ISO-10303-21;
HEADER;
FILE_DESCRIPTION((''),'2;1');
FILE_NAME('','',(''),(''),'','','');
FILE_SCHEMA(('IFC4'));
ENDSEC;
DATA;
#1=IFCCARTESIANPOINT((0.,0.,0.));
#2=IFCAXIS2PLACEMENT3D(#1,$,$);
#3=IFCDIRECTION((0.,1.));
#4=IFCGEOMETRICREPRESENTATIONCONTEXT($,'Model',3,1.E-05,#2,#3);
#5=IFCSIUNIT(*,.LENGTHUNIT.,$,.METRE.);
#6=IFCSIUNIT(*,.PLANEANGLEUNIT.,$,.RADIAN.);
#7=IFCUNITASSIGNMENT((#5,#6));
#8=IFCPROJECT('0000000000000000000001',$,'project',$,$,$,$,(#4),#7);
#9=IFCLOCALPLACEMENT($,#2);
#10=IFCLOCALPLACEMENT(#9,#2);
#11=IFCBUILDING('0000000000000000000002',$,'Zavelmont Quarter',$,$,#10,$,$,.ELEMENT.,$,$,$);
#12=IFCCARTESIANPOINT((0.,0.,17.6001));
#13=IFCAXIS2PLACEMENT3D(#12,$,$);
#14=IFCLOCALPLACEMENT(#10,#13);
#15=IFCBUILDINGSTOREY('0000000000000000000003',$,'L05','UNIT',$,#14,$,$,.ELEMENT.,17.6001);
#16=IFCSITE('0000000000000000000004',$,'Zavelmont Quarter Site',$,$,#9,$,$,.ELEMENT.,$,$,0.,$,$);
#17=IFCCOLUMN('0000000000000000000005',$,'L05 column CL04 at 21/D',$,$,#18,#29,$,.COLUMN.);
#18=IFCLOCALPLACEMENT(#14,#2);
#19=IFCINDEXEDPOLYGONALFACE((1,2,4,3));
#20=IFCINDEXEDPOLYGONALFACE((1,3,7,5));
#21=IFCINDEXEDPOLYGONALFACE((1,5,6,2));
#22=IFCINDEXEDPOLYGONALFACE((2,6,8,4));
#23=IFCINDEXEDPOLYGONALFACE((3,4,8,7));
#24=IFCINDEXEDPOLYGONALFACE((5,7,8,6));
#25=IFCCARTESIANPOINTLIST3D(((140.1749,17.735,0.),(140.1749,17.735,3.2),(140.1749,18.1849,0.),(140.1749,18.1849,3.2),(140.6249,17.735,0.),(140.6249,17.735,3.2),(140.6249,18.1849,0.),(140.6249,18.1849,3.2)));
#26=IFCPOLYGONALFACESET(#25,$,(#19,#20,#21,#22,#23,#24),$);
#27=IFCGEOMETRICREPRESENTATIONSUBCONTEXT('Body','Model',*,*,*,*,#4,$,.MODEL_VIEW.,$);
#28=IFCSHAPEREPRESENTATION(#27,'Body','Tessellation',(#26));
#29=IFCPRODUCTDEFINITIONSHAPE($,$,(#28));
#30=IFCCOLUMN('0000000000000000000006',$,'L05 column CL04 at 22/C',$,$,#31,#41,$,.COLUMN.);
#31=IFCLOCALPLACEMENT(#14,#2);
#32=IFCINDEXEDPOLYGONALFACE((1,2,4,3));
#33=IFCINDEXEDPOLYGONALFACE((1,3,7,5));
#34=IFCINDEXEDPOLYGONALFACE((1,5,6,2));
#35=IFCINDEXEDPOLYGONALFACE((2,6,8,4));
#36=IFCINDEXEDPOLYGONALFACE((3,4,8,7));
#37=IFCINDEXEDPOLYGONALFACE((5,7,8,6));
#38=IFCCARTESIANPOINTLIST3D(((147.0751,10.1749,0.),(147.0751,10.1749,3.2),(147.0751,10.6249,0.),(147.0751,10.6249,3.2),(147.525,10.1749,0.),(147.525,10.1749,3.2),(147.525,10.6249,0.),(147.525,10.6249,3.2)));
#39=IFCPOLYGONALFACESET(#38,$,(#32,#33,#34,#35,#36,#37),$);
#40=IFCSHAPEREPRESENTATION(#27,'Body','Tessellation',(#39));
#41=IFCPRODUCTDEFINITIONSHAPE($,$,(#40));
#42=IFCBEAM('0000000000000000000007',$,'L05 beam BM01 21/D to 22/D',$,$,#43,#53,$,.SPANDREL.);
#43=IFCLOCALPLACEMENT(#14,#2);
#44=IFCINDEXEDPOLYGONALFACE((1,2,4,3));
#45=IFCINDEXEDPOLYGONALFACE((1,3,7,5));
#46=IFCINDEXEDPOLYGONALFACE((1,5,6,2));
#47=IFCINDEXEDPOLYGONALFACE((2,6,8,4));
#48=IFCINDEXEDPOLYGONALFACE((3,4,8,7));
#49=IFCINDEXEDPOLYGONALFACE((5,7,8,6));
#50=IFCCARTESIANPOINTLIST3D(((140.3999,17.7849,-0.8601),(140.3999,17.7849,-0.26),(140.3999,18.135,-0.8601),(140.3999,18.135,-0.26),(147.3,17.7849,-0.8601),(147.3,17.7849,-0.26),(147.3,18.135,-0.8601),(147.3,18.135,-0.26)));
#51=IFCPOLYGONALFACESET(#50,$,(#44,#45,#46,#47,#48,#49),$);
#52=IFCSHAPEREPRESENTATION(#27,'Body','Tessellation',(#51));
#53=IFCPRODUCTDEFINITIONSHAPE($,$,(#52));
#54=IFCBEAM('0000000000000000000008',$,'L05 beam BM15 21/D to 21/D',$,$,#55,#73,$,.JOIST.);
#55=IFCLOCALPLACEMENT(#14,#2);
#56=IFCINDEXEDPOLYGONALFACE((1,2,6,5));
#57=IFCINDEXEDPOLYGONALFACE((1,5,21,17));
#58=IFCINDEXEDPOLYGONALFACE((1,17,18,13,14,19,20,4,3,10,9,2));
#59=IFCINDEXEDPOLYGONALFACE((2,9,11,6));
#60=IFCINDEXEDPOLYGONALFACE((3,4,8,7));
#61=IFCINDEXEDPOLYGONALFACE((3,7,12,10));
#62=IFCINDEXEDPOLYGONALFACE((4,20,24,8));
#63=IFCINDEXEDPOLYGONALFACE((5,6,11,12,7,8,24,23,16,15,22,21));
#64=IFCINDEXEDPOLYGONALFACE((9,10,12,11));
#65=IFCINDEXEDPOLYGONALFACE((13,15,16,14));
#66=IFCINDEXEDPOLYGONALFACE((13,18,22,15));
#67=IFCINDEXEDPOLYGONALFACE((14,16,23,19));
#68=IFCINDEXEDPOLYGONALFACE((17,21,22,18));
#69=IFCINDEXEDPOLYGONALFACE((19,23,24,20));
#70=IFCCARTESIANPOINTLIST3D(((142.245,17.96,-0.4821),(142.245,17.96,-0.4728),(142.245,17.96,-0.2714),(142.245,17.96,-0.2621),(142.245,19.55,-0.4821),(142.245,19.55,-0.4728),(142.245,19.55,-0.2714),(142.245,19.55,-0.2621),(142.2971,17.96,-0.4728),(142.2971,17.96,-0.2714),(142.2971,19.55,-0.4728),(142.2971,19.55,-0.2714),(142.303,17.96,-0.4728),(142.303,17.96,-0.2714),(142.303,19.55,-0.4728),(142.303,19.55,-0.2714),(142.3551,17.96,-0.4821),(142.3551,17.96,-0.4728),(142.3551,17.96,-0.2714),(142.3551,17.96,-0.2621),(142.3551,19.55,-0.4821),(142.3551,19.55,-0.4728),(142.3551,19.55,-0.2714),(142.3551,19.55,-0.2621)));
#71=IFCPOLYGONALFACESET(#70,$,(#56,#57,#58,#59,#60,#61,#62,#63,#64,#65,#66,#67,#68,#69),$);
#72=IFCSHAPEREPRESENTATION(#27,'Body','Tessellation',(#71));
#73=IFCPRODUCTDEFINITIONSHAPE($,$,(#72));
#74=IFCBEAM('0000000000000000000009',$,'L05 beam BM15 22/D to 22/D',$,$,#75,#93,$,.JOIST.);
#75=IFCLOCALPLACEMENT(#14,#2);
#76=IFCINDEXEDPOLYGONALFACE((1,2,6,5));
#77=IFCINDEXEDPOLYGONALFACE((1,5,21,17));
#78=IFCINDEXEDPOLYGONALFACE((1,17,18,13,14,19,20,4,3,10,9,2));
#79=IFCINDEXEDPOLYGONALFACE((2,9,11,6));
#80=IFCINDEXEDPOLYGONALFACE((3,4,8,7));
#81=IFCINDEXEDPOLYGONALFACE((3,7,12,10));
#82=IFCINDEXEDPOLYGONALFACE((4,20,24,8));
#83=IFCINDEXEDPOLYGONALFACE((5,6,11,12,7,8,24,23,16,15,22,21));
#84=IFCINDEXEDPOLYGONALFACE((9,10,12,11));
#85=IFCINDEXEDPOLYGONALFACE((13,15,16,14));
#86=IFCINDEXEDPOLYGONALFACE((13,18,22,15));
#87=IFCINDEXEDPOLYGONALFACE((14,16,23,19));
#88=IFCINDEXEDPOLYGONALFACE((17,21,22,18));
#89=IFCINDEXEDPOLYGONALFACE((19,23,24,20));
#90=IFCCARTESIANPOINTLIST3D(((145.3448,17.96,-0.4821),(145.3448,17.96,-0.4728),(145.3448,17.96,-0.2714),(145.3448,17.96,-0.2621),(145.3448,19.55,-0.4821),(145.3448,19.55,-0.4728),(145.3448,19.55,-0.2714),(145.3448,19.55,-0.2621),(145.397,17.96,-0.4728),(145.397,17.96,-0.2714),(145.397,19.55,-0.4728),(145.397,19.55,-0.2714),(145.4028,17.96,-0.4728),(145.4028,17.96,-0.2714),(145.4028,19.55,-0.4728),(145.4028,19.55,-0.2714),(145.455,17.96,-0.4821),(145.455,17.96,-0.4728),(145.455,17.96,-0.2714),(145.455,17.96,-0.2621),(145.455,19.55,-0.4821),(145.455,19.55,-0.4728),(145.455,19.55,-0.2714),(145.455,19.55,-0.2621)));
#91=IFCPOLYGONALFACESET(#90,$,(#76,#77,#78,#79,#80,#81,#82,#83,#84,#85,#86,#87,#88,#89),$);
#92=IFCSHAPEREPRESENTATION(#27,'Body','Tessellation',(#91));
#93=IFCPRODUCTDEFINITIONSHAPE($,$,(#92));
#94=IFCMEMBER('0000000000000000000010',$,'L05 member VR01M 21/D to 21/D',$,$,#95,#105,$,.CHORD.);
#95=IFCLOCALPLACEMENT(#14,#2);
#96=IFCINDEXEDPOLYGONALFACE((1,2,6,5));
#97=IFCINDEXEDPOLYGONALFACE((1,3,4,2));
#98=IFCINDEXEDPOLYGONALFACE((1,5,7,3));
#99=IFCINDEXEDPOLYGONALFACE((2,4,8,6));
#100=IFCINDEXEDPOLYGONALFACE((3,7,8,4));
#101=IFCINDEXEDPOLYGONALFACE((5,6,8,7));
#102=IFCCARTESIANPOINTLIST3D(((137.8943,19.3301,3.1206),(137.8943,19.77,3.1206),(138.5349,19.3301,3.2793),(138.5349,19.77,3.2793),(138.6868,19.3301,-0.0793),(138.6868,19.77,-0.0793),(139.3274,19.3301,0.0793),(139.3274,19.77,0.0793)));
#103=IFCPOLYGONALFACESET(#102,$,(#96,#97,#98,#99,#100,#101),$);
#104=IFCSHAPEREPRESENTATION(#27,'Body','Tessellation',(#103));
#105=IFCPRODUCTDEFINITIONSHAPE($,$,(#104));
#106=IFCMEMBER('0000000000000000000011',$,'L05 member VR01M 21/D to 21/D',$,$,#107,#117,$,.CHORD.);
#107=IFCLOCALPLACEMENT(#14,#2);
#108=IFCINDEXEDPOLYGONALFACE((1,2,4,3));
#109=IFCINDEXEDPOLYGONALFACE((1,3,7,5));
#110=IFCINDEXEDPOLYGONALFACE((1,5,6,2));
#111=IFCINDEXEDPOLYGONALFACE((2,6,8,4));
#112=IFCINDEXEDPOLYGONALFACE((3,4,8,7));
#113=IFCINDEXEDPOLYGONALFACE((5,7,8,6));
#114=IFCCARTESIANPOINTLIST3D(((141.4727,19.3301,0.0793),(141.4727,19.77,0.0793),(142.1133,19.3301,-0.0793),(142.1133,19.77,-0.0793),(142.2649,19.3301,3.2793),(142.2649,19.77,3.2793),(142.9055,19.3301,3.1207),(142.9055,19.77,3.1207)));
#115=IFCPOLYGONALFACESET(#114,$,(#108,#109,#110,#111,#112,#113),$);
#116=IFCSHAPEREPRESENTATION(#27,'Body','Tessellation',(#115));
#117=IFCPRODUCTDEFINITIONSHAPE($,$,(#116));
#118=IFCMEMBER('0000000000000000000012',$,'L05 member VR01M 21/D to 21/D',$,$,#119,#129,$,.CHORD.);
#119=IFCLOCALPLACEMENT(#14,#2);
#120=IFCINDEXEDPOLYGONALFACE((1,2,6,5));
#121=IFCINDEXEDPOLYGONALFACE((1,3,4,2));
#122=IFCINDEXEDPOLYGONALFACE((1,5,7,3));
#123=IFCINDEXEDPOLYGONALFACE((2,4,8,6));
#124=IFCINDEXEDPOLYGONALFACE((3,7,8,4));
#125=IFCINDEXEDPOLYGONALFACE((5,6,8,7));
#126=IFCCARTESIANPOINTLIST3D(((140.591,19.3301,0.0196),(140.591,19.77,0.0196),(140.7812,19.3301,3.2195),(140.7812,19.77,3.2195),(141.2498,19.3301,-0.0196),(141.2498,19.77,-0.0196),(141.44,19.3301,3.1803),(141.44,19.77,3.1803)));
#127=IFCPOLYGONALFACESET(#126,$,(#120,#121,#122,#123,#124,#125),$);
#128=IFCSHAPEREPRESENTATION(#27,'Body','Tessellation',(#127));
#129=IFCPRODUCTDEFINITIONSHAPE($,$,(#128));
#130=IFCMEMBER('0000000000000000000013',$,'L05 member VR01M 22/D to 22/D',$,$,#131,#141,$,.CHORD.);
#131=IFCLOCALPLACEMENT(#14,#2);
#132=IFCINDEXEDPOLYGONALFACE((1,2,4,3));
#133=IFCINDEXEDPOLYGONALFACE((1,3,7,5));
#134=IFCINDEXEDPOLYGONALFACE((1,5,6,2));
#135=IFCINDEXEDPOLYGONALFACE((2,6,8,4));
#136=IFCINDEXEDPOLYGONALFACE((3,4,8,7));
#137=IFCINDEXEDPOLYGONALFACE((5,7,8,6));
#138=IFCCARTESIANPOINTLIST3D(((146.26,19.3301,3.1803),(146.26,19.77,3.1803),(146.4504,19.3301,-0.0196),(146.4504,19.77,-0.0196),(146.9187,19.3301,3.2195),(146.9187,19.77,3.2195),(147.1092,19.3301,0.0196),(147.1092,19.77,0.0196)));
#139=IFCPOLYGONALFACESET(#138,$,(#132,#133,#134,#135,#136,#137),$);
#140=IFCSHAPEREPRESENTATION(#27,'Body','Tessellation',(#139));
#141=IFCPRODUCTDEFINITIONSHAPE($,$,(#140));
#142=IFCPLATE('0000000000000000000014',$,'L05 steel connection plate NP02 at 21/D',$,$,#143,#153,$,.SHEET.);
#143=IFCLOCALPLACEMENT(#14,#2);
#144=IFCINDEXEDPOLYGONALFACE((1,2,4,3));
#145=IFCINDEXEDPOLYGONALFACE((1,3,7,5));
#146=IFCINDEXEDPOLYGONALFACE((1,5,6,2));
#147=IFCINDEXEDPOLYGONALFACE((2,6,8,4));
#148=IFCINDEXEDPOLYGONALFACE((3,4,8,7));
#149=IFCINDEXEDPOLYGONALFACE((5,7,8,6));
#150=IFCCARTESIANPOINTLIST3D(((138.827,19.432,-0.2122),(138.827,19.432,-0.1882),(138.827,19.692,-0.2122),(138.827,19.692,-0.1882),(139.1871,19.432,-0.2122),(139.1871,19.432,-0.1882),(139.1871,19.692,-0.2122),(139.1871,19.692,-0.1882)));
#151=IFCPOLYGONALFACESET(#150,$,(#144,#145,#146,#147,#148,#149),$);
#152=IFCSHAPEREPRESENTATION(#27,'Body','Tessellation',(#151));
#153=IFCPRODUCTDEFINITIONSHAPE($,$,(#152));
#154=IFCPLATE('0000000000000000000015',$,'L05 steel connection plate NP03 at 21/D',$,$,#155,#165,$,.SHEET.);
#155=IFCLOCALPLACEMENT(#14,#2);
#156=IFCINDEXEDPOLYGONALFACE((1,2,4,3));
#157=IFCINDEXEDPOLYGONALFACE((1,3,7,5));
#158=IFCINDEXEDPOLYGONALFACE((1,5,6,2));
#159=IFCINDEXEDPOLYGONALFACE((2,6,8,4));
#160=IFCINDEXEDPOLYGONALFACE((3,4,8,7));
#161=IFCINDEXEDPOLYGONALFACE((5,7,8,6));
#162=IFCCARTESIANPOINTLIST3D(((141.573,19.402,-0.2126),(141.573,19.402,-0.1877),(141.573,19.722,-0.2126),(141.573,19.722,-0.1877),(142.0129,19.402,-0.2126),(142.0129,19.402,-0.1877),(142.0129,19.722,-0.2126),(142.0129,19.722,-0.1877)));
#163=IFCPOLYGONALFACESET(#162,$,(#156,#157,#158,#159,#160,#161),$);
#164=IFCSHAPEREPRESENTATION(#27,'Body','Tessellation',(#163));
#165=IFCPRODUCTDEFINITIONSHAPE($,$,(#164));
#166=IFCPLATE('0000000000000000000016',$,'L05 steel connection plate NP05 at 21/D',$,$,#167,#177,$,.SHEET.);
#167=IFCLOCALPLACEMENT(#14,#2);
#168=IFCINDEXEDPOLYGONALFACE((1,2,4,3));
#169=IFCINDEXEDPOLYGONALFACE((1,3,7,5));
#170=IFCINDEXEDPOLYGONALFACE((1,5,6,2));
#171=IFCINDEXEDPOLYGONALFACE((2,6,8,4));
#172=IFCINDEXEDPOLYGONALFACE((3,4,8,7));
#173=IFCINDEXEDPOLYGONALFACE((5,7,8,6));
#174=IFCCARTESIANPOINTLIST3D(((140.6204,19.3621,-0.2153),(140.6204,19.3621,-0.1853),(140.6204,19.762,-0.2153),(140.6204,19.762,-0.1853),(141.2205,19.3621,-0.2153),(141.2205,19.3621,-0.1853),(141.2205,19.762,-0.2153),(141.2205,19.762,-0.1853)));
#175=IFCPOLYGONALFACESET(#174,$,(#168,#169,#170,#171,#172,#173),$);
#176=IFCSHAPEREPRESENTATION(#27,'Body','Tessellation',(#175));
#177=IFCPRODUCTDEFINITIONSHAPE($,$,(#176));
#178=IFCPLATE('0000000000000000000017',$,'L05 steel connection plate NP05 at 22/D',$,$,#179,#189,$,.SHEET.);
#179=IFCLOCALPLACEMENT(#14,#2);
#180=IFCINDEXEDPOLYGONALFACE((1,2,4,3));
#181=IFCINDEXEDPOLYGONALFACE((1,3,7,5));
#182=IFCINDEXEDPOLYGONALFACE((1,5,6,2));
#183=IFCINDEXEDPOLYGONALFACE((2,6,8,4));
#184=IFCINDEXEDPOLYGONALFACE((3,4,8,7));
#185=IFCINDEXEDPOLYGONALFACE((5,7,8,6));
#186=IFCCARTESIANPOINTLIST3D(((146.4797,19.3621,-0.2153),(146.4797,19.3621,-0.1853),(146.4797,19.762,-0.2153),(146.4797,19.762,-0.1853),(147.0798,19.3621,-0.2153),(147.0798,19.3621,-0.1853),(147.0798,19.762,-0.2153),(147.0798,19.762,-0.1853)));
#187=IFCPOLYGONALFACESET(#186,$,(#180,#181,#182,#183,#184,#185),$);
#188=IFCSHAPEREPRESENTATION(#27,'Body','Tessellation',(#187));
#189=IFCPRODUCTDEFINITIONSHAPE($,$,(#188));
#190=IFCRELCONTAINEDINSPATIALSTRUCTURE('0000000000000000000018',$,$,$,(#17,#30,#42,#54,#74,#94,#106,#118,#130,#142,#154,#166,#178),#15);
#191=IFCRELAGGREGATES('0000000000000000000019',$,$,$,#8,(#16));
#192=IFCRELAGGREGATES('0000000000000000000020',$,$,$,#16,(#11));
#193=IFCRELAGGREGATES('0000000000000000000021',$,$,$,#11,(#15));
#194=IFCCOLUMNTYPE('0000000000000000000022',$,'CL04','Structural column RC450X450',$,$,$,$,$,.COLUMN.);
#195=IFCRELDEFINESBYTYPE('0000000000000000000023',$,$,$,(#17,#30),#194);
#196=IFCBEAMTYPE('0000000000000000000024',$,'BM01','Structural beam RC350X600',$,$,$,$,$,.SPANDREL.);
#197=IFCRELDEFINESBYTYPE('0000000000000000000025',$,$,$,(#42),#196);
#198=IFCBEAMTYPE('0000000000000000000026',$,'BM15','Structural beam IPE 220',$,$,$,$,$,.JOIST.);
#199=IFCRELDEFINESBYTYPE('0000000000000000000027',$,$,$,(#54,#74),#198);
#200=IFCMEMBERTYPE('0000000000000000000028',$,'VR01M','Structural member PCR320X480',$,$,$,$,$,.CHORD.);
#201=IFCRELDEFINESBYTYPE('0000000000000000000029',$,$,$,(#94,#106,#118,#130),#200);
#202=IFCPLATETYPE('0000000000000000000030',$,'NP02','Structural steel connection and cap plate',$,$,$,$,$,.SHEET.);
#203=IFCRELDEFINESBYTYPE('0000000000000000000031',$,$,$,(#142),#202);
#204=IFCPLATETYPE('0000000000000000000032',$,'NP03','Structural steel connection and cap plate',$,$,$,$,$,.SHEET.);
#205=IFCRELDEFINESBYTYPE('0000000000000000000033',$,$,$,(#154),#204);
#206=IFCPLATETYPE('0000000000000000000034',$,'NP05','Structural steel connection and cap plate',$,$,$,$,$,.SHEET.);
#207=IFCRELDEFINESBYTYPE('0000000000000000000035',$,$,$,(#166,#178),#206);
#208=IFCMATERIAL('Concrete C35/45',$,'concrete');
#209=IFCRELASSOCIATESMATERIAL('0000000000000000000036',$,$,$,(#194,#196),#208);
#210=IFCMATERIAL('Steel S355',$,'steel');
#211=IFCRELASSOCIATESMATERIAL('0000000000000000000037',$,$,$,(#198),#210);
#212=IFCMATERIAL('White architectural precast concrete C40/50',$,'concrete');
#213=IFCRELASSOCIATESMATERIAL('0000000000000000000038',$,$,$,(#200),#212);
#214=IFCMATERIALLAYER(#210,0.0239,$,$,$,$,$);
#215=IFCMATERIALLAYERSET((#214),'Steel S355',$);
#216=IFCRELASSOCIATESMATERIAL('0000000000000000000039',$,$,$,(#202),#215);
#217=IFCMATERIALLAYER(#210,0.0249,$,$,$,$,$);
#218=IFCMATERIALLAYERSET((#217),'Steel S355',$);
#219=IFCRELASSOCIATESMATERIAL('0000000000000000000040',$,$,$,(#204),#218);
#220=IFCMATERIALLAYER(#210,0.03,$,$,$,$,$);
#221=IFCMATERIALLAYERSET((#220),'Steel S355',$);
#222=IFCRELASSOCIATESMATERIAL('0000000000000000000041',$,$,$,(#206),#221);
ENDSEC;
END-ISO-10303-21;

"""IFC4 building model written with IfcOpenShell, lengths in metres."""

from ifc_helpers import new_model, si_unit, direction, frame, origin, origin_2d, place, context, subcontext, project, spatial, rectangle, i_section, extrude, material, layer, layer_set, material_profile, profile_set, type_object, element, save


model = new_model("IFC4")

# Units and contexts
model_context = context("Model", 3, precision=1e-05, world=origin(), true_north=direction((0.0, 1.0)))
body_context = subcontext(model_context, "Body", "Model", "MODEL_VIEW")
ifc_project = project(units=[si_unit("LENGTHUNIT", "METRE"), si_unit("PLANEANGLEUNIT", "RADIAN")], contexts=[model_context])

# Site, building, storey
site_placement = place(None, origin())
site = spatial("IfcSite", under=ifc_project, at=site_placement, Name="Zavelmont Quarter Site", CompositionType="ELEMENT", RefElevation=0.0)
building_placement = place(site_placement, origin())
building = spatial("IfcBuilding", under=site, at=building_placement, Name="Zavelmont Quarter", CompositionType="ELEMENT")
storey_placement = place(building_placement, frame((0.0, 0.0, 17.6001)))
storey = spatial("IfcBuildingStorey", under=building, at=storey_placement, Name="L05", Description="UNIT", CompositionType="ELEMENT", Elevation=17.6001)

# Columns
ifc_material_1 = material(Name="Concrete C35/45", Category="concrete")
ifc_material_profile_1 = material_profile(ifc_material_1, rectangle(XDim=0.45, YDim=0.45, at=origin_2d()), Name="RC450X450")
ifc_profile_set_1 = profile_set([ifc_material_profile_1], Name="Concrete C35/45")
column_type = type_object("IfcColumnType", Name="CL04", Description="Structural column RC450X450", PredefinedType="COLUMN", material=ifc_profile_set_1)
for number, where, z_axis, x_axis, name in (
    (1, (140.3999, 17.96, 0.0), (0.0, 0.0, 1.0), (1.0, 0.0, 0.0), "L05 column CL04 at 21/D"),
    (2, (147.3, 10.3999, 0.0), (0.0, 0.0, 1.0), (1.0, 0.0, 0.0), "L05 column CL04 at 22/C"),
):
    element("IfcColumn", number, at=place(storey_placement, frame(where, z_axis=z_axis, x_axis=x_axis)), inside=storey, type_object=column_type, Name=name, PredefinedType="COLUMN", context=body_context, shape_type="SweptSolid", body=[
        extrude(rectangle(XDim=0.45, YDim=0.45, at=origin_2d()), origin(), (0.0, 0.0, 1.0), 3.2),
    ])

# Beams
ifc_material_profile_2 = material_profile(ifc_material_1, rectangle(XDim=0.3501, YDim=0.6001, at=origin_2d()), Name="RC350X600")
ifc_profile_set_2 = profile_set([ifc_material_profile_2], Name="Concrete C35/45")
beam_type_1 = type_object("IfcBeamType", Name="BM01", Description="Structural beam RC350X600", PredefinedType="SPANDREL", material=ifc_profile_set_2)
beam_placement = place(storey_placement, frame((140.3999, 17.96, -0.5601), z_axis=(1.0, 0.0, 0.0), x_axis=(0.0, 1.0, 0.0)))
element("IfcBeam", 3, at=beam_placement, inside=storey, type_object=beam_type_1, Name="L05 beam BM01 21/D to 22/D", PredefinedType="SPANDREL", context=body_context, shape_type="SweptSolid", body=[
    extrude(rectangle(XDim=0.3501, YDim=0.6001, at=origin_2d()), origin(), (0.0, 0.0, 1.0), 6.9001),
])
ifc_material_2 = material(Name="Steel S355", Category="steel")
ifc_material_profile_3 = material_profile(ifc_material_2, i_section(OverallWidth=0.1101, OverallDepth=0.22, WebThickness=0.0059, FlangeThickness=0.0093, at=origin_2d()), Name="IPE 220")
ifc_profile_set_3 = profile_set([ifc_material_profile_3], Name="Steel S355")
beam_type_2 = type_object("IfcBeamType", Name="BM15", Description="Structural beam IPE 220", PredefinedType="JOIST", material=ifc_profile_set_3)
for number, where, z_axis, x_axis, name in (
    (4, (142.3, 17.96, -0.3721), (0.0, 1.0, 0.0), (-1.0, 0.0, 0.0), "L05 beam BM15 21/D to 21/D"),
    (5, (145.3999, 17.96, -0.3721), (0.0, 1.0, 0.0), (-1.0, 0.0, 0.0), "L05 beam BM15 22/D to 22/D"),
):
    element("IfcBeam", number, at=place(storey_placement, frame(where, z_axis=z_axis, x_axis=x_axis)), inside=storey, type_object=beam_type_2, Name=name, PredefinedType="JOIST", context=body_context, shape_type="SweptSolid", body=[
        extrude(i_section(OverallWidth=0.1101, OverallDepth=0.22, WebThickness=0.0059, FlangeThickness=0.0093, at=origin_2d()), origin(), (0.0, 0.0, 1.0), 1.5901),
    ])

# Members
ifc_material_3 = material(Name="White architectural precast concrete C40/50", Category="concrete")
ifc_material_profile_4 = material_profile(ifc_material_3, rectangle(XDim=0.4399, YDim=0.6599, at=origin_2d()), Name="PCR320X480")
ifc_profile_set_4 = profile_set([ifc_material_profile_4], Name="White architectural precast concrete C40/50")
member_type = type_object("IfcMemberType", Name="VR01M", Description="Structural member PCR320X480", PredefinedType="CHORD", material=ifc_profile_set_4)
for number, where, z_axis, x_axis, name in (
    (6, (139.0071, 19.55, 0.0), (-0.240392, 0.0, 0.970676), (0.0, -1.0, 0.0), "L05 member VR01M 21/D to 21/D"),
    (7, (141.793, 19.55, 0.0), (0.240322, 0.0, 0.970693), (0.0, 1.0, 0.0), "L05 member VR01M 21/D to 21/D"),
):
    element("IfcMember", number, at=place(storey_placement, frame(where, z_axis=z_axis, x_axis=x_axis)), inside=storey, type_object=member_type, Name=name, PredefinedType="CHORD", context=body_context, shape_type="SweptSolid", body=[
        extrude(rectangle(XDim=0.4399, YDim=0.6599, at=origin_2d()), origin(), (0.0, 0.0, 1.0), 3.2966),
    ])
for number, where, z_axis, x_axis, name in (
    (8, (140.9204, 19.55, 0.0), (0.059329, 0.0, 0.998238), (0.0, 1.0, 0.0), "L05 member VR01M 21/D to 21/D"),
    (9, (146.7798, 19.55, 0.0), (-0.059405, 0.0, 0.998234), (0.0, -1.0, 0.0), "L05 member VR01M 22/D to 22/D"),
):
    element("IfcMember", number, at=place(storey_placement, frame(where, z_axis=z_axis, x_axis=x_axis)), inside=storey, type_object=member_type, Name=name, PredefinedType="CHORD", context=body_context, shape_type="SweptSolid", body=[
        extrude(rectangle(XDim=0.4399, YDim=0.6599, at=origin_2d()), origin(), (0.0, 0.0, 1.0), 3.2056),
    ])

# Plates
ifc_layer_1 = layer(ifc_material_2, 0.0239)
ifc_layer_set_1 = layer_set([ifc_layer_1], Name="Steel S355")
plate_type_1 = type_object("IfcPlateType", Name="NP02", Description="Structural steel connection and cap plate", PredefinedType="SHEET", material=ifc_layer_set_1)
plate_1_placement = place(storey_placement, frame((139.0071, 19.562, -0.2122), z_axis=(0.0, 0.0, 1.0), x_axis=(1.0, 0.0, 0.0)))
element("IfcPlate", 10, at=plate_1_placement, inside=storey, type_object=plate_type_1, Name="L05 steel connection plate NP02 at 21/D", PredefinedType="SHEET", context=body_context, shape_type="SweptSolid", body=[
    extrude(rectangle(XDim=0.3601, YDim=0.26, at=origin_2d()), origin(), (0.0, 0.0, 1.0), 0.0239),
])
ifc_layer_2 = layer(ifc_material_2, 0.0249)
ifc_layer_set_2 = layer_set([ifc_layer_2], Name="Steel S355")
plate_type_2 = type_object("IfcPlateType", Name="NP03", Description="Structural steel connection and cap plate", PredefinedType="SHEET", material=ifc_layer_set_2)
plate_2_placement = place(storey_placement, frame((141.793, 19.562, -0.2126), z_axis=(0.0, 0.0, 1.0), x_axis=(1.0, 0.0, 0.0)))
element("IfcPlate", 11, at=plate_2_placement, inside=storey, type_object=plate_type_2, Name="L05 steel connection plate NP03 at 21/D", PredefinedType="SHEET", context=body_context, shape_type="SweptSolid", body=[
    extrude(rectangle(XDim=0.4399, YDim=0.3201, at=origin_2d()), origin(), (0.0, 0.0, 1.0), 0.0249),
])
ifc_layer_3 = layer(ifc_material_2, 0.03)
ifc_layer_set_3 = layer_set([ifc_layer_3], Name="Steel S355")
plate_type_3 = type_object("IfcPlateType", Name="NP05", Description="Structural steel connection and cap plate", PredefinedType="SHEET", material=ifc_layer_set_3)
for number, where, z_axis, x_axis, name in (
    (12, (140.9204, 19.562, -0.2153), (0.0, 0.0, 1.0), (1.0, 0.0, 0.0), "L05 steel connection plate NP05 at 21/D"),
    (13, (146.7798, 19.562, -0.2153), (0.0, 0.0, 1.0), (1.0, 0.0, 0.0), "L05 steel connection plate NP05 at 22/D"),
):
    element("IfcPlate", number, at=place(storey_placement, frame(where, z_axis=z_axis, x_axis=x_axis)), inside=storey, type_object=plate_type_3, Name=name, PredefinedType="SHEET", context=body_context, shape_type="SweptSolid", body=[
        extrude(rectangle(XDim=0.6001, YDim=0.3999, at=origin_2d()), origin(), (0.0, 0.0, 1.0), 0.03),
    ])

save(model, "model.ifc")
